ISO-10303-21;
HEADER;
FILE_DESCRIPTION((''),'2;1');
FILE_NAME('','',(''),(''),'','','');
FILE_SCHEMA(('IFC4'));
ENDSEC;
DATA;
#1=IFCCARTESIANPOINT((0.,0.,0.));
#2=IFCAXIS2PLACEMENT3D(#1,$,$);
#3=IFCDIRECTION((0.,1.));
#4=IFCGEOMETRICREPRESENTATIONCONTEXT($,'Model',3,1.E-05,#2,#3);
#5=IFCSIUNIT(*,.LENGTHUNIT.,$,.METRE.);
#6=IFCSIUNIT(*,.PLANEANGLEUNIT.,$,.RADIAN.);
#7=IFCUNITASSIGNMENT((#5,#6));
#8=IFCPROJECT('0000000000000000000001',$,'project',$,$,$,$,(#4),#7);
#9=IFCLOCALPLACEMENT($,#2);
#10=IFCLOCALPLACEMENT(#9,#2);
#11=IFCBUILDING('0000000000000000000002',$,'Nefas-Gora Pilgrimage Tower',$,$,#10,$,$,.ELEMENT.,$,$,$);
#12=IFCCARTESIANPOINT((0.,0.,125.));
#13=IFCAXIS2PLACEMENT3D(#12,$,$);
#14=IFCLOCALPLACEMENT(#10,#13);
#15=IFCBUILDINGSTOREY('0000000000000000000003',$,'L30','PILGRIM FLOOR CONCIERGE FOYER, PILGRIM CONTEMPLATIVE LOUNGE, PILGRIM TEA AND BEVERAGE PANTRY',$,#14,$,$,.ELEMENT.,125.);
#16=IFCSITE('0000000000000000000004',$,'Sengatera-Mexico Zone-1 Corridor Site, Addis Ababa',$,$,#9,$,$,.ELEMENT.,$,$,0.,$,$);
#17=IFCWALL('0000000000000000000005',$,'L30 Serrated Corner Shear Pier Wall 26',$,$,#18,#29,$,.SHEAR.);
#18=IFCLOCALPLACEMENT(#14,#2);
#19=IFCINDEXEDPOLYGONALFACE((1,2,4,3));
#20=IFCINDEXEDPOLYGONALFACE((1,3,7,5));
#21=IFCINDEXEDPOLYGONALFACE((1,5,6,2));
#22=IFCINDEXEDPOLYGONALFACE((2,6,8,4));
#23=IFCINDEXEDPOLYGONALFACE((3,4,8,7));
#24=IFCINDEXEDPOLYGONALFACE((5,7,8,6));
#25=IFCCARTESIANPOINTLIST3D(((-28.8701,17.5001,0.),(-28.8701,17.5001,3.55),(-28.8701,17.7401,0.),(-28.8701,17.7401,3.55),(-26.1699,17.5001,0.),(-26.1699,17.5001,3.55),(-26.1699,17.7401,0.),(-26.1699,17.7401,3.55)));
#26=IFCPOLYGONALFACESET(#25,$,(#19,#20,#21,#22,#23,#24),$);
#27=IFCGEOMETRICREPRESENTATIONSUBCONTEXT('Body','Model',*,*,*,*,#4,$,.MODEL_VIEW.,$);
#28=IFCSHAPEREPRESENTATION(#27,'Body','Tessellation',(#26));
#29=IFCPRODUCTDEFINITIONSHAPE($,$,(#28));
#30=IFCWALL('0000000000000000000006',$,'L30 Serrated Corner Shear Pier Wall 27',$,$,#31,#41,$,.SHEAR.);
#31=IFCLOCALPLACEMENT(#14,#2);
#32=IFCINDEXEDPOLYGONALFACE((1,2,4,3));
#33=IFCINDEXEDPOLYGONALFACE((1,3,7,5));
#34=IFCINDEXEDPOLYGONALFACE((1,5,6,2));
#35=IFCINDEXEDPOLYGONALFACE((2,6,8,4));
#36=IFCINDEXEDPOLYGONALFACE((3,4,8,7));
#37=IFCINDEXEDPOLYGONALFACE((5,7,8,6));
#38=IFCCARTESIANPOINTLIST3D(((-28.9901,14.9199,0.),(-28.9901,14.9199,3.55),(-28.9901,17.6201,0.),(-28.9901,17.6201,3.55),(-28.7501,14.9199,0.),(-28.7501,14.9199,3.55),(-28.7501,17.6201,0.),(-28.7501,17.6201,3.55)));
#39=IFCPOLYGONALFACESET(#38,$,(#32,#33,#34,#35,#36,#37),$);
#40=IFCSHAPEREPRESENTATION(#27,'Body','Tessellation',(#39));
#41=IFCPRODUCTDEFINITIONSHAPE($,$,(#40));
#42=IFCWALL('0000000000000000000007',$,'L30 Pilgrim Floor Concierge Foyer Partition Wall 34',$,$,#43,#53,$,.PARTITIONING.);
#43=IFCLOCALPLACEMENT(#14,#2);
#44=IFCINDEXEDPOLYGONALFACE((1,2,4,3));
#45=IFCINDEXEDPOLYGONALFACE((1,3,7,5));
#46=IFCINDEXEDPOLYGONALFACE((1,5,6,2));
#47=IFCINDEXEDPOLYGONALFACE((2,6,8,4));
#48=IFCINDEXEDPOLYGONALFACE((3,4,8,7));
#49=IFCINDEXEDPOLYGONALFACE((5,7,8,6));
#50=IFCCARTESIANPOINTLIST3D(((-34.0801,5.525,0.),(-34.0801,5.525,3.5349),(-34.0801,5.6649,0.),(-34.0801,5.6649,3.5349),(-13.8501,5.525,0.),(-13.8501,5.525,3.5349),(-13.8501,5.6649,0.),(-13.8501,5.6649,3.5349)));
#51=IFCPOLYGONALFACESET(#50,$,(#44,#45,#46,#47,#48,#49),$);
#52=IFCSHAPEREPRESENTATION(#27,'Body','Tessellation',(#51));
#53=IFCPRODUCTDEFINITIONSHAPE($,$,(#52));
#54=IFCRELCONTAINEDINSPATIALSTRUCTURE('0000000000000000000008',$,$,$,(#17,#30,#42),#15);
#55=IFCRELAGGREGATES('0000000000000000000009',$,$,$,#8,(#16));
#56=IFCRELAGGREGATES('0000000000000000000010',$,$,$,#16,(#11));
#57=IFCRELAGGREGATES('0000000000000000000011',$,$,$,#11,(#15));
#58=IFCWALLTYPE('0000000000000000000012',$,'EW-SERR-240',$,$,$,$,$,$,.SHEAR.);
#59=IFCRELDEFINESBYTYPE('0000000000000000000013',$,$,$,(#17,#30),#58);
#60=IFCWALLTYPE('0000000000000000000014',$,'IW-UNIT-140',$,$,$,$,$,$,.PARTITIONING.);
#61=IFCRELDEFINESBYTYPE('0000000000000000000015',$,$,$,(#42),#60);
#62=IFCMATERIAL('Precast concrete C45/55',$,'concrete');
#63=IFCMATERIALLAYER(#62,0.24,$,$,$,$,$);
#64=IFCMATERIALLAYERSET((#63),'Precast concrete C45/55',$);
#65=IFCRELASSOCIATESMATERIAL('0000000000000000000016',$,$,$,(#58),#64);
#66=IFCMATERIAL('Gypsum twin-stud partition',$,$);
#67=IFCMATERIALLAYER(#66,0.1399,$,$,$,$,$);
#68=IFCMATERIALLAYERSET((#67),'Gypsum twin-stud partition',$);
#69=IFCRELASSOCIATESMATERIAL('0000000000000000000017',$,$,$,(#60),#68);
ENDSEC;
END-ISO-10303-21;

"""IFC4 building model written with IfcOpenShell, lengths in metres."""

from ifc_helpers import new_model, si_unit, direction, frame, frame_2d, origin, place, context, subcontext, project, spatial, rectangle, extrude, source, transform, mapped, material, layer, layer_set, type_object, element, save


model = new_model("IFC4")

# Units and contexts
model_context = context("Model", 3, precision=1e-05, world=origin(), true_north=direction((0.0, 1.0)))
body_context = subcontext(model_context, "Body", "Model", "MODEL_VIEW")
ifc_project = project(units=[si_unit("LENGTHUNIT", "METRE"), si_unit("PLANEANGLEUNIT", "RADIAN")], contexts=[model_context])

# Site, building, storey
site_placement = place(None, origin())
site = spatial("IfcSite", under=ifc_project, at=site_placement, Name="Sengatera-Mexico Zone-1 Corridor Site, Addis Ababa", CompositionType="ELEMENT", RefElevation=0.0)
building_placement = place(site_placement, origin())
building = spatial("IfcBuilding", under=site, at=building_placement, Name="Nefas-Gora Pilgrimage Tower", CompositionType="ELEMENT")
storey_placement = place(building_placement, frame((0.0, 0.0, 125.0)))
storey = spatial("IfcBuildingStorey", under=building, at=storey_placement, Name="L30", Description="PILGRIM FLOOR CONCIERGE FOYER, PILGRIM CONTEMPLATIVE LOUNGE, PILGRIM TEA AND BEVERAGE PANTRY", CompositionType="ELEMENT", Elevation=125.0)

# Shared definitions
ifc_material_1 = material(Name="Precast concrete C45/55", Category="concrete")
ifc_layer_1 = layer(ifc_material_1, 0.24)
ifc_layer_set_1 = layer_set([ifc_layer_1], Name="Precast concrete C45/55")
wall_type_1 = type_object("IfcWallType", Name="EW-SERR-240", PredefinedType="SHEAR", material=ifc_layer_set_1)

# Walls
shared_shape_1 = source(origin(), body_context, "Body", "SweptSolid", [
    extrude(rectangle(XDim=2.7002, YDim=0.24, at=frame_2d((1.3501, 0.0))), origin(), (0.0, 0.0, 1.0), 3.55),
])
for number, where, z_axis, x_axis, name in (
    (1, (-26.1699, 17.6201, 0.0), (0.0, 0.0, 1.0), (-1.0, 0.0, 0.0), "L30 Serrated Corner Shear Pier Wall 26"),
    (2, (-28.8701, 17.6201, 0.0), (0.0, 0.0, 1.0), (0.0, -1.0, 0.0), "L30 Serrated Corner Shear Pier Wall 27"),
):
    element("IfcWall", number, at=place(storey_placement, frame(where, z_axis=z_axis, x_axis=x_axis)), inside=storey, type_object=wall_type_1, Name=name, PredefinedType="SHEAR", context=body_context, shape_type="MappedRepresentation", body=[
        mapped(shared_shape_1, transform((0.0, 0.0, 0.0), x_axis=(1.0, 0.0, 0.0), y_axis=(0.0, 1.0, 0.0), z_axis=(0.0, 0.0, 1.0), scale=1.0)),
    ])
ifc_material_2 = material(Name="Gypsum twin-stud partition")
ifc_layer_2 = layer(ifc_material_2, 0.1399)
ifc_layer_set_2 = layer_set([ifc_layer_2], Name="Gypsum twin-stud partition")
wall_type_2 = type_object("IfcWallType", Name="IW-UNIT-140", PredefinedType="PARTITIONING", material=ifc_layer_set_2)
shared_shape_2 = source(origin(), body_context, "Body", "SweptSolid", [
    extrude(rectangle(XDim=20.23, YDim=0.1399, at=frame_2d((10.115, 0.0))), origin(), (0.0, 0.0, 1.0), 3.5349),
])
wall_1_placement = place(storey_placement, frame((-34.0801, 5.595, 0.0), z_axis=(0.0, 0.0, 1.0), x_axis=(1.0, 0.0, 0.0)))
element("IfcWall", 3, at=wall_1_placement, inside=storey, type_object=wall_type_2, Name="L30 Pilgrim Floor Concierge Foyer Partition Wall 34", PredefinedType="PARTITIONING", context=body_context, shape_type="MappedRepresentation", body=[
    mapped(shared_shape_2, transform((0.0, 0.0, 0.0), x_axis=(1.0, 0.0, 0.0), y_axis=(0.0, 1.0, 0.0), z_axis=(0.0, 0.0, 1.0), scale=1.0)),
])

save(model, "model.ifc")
